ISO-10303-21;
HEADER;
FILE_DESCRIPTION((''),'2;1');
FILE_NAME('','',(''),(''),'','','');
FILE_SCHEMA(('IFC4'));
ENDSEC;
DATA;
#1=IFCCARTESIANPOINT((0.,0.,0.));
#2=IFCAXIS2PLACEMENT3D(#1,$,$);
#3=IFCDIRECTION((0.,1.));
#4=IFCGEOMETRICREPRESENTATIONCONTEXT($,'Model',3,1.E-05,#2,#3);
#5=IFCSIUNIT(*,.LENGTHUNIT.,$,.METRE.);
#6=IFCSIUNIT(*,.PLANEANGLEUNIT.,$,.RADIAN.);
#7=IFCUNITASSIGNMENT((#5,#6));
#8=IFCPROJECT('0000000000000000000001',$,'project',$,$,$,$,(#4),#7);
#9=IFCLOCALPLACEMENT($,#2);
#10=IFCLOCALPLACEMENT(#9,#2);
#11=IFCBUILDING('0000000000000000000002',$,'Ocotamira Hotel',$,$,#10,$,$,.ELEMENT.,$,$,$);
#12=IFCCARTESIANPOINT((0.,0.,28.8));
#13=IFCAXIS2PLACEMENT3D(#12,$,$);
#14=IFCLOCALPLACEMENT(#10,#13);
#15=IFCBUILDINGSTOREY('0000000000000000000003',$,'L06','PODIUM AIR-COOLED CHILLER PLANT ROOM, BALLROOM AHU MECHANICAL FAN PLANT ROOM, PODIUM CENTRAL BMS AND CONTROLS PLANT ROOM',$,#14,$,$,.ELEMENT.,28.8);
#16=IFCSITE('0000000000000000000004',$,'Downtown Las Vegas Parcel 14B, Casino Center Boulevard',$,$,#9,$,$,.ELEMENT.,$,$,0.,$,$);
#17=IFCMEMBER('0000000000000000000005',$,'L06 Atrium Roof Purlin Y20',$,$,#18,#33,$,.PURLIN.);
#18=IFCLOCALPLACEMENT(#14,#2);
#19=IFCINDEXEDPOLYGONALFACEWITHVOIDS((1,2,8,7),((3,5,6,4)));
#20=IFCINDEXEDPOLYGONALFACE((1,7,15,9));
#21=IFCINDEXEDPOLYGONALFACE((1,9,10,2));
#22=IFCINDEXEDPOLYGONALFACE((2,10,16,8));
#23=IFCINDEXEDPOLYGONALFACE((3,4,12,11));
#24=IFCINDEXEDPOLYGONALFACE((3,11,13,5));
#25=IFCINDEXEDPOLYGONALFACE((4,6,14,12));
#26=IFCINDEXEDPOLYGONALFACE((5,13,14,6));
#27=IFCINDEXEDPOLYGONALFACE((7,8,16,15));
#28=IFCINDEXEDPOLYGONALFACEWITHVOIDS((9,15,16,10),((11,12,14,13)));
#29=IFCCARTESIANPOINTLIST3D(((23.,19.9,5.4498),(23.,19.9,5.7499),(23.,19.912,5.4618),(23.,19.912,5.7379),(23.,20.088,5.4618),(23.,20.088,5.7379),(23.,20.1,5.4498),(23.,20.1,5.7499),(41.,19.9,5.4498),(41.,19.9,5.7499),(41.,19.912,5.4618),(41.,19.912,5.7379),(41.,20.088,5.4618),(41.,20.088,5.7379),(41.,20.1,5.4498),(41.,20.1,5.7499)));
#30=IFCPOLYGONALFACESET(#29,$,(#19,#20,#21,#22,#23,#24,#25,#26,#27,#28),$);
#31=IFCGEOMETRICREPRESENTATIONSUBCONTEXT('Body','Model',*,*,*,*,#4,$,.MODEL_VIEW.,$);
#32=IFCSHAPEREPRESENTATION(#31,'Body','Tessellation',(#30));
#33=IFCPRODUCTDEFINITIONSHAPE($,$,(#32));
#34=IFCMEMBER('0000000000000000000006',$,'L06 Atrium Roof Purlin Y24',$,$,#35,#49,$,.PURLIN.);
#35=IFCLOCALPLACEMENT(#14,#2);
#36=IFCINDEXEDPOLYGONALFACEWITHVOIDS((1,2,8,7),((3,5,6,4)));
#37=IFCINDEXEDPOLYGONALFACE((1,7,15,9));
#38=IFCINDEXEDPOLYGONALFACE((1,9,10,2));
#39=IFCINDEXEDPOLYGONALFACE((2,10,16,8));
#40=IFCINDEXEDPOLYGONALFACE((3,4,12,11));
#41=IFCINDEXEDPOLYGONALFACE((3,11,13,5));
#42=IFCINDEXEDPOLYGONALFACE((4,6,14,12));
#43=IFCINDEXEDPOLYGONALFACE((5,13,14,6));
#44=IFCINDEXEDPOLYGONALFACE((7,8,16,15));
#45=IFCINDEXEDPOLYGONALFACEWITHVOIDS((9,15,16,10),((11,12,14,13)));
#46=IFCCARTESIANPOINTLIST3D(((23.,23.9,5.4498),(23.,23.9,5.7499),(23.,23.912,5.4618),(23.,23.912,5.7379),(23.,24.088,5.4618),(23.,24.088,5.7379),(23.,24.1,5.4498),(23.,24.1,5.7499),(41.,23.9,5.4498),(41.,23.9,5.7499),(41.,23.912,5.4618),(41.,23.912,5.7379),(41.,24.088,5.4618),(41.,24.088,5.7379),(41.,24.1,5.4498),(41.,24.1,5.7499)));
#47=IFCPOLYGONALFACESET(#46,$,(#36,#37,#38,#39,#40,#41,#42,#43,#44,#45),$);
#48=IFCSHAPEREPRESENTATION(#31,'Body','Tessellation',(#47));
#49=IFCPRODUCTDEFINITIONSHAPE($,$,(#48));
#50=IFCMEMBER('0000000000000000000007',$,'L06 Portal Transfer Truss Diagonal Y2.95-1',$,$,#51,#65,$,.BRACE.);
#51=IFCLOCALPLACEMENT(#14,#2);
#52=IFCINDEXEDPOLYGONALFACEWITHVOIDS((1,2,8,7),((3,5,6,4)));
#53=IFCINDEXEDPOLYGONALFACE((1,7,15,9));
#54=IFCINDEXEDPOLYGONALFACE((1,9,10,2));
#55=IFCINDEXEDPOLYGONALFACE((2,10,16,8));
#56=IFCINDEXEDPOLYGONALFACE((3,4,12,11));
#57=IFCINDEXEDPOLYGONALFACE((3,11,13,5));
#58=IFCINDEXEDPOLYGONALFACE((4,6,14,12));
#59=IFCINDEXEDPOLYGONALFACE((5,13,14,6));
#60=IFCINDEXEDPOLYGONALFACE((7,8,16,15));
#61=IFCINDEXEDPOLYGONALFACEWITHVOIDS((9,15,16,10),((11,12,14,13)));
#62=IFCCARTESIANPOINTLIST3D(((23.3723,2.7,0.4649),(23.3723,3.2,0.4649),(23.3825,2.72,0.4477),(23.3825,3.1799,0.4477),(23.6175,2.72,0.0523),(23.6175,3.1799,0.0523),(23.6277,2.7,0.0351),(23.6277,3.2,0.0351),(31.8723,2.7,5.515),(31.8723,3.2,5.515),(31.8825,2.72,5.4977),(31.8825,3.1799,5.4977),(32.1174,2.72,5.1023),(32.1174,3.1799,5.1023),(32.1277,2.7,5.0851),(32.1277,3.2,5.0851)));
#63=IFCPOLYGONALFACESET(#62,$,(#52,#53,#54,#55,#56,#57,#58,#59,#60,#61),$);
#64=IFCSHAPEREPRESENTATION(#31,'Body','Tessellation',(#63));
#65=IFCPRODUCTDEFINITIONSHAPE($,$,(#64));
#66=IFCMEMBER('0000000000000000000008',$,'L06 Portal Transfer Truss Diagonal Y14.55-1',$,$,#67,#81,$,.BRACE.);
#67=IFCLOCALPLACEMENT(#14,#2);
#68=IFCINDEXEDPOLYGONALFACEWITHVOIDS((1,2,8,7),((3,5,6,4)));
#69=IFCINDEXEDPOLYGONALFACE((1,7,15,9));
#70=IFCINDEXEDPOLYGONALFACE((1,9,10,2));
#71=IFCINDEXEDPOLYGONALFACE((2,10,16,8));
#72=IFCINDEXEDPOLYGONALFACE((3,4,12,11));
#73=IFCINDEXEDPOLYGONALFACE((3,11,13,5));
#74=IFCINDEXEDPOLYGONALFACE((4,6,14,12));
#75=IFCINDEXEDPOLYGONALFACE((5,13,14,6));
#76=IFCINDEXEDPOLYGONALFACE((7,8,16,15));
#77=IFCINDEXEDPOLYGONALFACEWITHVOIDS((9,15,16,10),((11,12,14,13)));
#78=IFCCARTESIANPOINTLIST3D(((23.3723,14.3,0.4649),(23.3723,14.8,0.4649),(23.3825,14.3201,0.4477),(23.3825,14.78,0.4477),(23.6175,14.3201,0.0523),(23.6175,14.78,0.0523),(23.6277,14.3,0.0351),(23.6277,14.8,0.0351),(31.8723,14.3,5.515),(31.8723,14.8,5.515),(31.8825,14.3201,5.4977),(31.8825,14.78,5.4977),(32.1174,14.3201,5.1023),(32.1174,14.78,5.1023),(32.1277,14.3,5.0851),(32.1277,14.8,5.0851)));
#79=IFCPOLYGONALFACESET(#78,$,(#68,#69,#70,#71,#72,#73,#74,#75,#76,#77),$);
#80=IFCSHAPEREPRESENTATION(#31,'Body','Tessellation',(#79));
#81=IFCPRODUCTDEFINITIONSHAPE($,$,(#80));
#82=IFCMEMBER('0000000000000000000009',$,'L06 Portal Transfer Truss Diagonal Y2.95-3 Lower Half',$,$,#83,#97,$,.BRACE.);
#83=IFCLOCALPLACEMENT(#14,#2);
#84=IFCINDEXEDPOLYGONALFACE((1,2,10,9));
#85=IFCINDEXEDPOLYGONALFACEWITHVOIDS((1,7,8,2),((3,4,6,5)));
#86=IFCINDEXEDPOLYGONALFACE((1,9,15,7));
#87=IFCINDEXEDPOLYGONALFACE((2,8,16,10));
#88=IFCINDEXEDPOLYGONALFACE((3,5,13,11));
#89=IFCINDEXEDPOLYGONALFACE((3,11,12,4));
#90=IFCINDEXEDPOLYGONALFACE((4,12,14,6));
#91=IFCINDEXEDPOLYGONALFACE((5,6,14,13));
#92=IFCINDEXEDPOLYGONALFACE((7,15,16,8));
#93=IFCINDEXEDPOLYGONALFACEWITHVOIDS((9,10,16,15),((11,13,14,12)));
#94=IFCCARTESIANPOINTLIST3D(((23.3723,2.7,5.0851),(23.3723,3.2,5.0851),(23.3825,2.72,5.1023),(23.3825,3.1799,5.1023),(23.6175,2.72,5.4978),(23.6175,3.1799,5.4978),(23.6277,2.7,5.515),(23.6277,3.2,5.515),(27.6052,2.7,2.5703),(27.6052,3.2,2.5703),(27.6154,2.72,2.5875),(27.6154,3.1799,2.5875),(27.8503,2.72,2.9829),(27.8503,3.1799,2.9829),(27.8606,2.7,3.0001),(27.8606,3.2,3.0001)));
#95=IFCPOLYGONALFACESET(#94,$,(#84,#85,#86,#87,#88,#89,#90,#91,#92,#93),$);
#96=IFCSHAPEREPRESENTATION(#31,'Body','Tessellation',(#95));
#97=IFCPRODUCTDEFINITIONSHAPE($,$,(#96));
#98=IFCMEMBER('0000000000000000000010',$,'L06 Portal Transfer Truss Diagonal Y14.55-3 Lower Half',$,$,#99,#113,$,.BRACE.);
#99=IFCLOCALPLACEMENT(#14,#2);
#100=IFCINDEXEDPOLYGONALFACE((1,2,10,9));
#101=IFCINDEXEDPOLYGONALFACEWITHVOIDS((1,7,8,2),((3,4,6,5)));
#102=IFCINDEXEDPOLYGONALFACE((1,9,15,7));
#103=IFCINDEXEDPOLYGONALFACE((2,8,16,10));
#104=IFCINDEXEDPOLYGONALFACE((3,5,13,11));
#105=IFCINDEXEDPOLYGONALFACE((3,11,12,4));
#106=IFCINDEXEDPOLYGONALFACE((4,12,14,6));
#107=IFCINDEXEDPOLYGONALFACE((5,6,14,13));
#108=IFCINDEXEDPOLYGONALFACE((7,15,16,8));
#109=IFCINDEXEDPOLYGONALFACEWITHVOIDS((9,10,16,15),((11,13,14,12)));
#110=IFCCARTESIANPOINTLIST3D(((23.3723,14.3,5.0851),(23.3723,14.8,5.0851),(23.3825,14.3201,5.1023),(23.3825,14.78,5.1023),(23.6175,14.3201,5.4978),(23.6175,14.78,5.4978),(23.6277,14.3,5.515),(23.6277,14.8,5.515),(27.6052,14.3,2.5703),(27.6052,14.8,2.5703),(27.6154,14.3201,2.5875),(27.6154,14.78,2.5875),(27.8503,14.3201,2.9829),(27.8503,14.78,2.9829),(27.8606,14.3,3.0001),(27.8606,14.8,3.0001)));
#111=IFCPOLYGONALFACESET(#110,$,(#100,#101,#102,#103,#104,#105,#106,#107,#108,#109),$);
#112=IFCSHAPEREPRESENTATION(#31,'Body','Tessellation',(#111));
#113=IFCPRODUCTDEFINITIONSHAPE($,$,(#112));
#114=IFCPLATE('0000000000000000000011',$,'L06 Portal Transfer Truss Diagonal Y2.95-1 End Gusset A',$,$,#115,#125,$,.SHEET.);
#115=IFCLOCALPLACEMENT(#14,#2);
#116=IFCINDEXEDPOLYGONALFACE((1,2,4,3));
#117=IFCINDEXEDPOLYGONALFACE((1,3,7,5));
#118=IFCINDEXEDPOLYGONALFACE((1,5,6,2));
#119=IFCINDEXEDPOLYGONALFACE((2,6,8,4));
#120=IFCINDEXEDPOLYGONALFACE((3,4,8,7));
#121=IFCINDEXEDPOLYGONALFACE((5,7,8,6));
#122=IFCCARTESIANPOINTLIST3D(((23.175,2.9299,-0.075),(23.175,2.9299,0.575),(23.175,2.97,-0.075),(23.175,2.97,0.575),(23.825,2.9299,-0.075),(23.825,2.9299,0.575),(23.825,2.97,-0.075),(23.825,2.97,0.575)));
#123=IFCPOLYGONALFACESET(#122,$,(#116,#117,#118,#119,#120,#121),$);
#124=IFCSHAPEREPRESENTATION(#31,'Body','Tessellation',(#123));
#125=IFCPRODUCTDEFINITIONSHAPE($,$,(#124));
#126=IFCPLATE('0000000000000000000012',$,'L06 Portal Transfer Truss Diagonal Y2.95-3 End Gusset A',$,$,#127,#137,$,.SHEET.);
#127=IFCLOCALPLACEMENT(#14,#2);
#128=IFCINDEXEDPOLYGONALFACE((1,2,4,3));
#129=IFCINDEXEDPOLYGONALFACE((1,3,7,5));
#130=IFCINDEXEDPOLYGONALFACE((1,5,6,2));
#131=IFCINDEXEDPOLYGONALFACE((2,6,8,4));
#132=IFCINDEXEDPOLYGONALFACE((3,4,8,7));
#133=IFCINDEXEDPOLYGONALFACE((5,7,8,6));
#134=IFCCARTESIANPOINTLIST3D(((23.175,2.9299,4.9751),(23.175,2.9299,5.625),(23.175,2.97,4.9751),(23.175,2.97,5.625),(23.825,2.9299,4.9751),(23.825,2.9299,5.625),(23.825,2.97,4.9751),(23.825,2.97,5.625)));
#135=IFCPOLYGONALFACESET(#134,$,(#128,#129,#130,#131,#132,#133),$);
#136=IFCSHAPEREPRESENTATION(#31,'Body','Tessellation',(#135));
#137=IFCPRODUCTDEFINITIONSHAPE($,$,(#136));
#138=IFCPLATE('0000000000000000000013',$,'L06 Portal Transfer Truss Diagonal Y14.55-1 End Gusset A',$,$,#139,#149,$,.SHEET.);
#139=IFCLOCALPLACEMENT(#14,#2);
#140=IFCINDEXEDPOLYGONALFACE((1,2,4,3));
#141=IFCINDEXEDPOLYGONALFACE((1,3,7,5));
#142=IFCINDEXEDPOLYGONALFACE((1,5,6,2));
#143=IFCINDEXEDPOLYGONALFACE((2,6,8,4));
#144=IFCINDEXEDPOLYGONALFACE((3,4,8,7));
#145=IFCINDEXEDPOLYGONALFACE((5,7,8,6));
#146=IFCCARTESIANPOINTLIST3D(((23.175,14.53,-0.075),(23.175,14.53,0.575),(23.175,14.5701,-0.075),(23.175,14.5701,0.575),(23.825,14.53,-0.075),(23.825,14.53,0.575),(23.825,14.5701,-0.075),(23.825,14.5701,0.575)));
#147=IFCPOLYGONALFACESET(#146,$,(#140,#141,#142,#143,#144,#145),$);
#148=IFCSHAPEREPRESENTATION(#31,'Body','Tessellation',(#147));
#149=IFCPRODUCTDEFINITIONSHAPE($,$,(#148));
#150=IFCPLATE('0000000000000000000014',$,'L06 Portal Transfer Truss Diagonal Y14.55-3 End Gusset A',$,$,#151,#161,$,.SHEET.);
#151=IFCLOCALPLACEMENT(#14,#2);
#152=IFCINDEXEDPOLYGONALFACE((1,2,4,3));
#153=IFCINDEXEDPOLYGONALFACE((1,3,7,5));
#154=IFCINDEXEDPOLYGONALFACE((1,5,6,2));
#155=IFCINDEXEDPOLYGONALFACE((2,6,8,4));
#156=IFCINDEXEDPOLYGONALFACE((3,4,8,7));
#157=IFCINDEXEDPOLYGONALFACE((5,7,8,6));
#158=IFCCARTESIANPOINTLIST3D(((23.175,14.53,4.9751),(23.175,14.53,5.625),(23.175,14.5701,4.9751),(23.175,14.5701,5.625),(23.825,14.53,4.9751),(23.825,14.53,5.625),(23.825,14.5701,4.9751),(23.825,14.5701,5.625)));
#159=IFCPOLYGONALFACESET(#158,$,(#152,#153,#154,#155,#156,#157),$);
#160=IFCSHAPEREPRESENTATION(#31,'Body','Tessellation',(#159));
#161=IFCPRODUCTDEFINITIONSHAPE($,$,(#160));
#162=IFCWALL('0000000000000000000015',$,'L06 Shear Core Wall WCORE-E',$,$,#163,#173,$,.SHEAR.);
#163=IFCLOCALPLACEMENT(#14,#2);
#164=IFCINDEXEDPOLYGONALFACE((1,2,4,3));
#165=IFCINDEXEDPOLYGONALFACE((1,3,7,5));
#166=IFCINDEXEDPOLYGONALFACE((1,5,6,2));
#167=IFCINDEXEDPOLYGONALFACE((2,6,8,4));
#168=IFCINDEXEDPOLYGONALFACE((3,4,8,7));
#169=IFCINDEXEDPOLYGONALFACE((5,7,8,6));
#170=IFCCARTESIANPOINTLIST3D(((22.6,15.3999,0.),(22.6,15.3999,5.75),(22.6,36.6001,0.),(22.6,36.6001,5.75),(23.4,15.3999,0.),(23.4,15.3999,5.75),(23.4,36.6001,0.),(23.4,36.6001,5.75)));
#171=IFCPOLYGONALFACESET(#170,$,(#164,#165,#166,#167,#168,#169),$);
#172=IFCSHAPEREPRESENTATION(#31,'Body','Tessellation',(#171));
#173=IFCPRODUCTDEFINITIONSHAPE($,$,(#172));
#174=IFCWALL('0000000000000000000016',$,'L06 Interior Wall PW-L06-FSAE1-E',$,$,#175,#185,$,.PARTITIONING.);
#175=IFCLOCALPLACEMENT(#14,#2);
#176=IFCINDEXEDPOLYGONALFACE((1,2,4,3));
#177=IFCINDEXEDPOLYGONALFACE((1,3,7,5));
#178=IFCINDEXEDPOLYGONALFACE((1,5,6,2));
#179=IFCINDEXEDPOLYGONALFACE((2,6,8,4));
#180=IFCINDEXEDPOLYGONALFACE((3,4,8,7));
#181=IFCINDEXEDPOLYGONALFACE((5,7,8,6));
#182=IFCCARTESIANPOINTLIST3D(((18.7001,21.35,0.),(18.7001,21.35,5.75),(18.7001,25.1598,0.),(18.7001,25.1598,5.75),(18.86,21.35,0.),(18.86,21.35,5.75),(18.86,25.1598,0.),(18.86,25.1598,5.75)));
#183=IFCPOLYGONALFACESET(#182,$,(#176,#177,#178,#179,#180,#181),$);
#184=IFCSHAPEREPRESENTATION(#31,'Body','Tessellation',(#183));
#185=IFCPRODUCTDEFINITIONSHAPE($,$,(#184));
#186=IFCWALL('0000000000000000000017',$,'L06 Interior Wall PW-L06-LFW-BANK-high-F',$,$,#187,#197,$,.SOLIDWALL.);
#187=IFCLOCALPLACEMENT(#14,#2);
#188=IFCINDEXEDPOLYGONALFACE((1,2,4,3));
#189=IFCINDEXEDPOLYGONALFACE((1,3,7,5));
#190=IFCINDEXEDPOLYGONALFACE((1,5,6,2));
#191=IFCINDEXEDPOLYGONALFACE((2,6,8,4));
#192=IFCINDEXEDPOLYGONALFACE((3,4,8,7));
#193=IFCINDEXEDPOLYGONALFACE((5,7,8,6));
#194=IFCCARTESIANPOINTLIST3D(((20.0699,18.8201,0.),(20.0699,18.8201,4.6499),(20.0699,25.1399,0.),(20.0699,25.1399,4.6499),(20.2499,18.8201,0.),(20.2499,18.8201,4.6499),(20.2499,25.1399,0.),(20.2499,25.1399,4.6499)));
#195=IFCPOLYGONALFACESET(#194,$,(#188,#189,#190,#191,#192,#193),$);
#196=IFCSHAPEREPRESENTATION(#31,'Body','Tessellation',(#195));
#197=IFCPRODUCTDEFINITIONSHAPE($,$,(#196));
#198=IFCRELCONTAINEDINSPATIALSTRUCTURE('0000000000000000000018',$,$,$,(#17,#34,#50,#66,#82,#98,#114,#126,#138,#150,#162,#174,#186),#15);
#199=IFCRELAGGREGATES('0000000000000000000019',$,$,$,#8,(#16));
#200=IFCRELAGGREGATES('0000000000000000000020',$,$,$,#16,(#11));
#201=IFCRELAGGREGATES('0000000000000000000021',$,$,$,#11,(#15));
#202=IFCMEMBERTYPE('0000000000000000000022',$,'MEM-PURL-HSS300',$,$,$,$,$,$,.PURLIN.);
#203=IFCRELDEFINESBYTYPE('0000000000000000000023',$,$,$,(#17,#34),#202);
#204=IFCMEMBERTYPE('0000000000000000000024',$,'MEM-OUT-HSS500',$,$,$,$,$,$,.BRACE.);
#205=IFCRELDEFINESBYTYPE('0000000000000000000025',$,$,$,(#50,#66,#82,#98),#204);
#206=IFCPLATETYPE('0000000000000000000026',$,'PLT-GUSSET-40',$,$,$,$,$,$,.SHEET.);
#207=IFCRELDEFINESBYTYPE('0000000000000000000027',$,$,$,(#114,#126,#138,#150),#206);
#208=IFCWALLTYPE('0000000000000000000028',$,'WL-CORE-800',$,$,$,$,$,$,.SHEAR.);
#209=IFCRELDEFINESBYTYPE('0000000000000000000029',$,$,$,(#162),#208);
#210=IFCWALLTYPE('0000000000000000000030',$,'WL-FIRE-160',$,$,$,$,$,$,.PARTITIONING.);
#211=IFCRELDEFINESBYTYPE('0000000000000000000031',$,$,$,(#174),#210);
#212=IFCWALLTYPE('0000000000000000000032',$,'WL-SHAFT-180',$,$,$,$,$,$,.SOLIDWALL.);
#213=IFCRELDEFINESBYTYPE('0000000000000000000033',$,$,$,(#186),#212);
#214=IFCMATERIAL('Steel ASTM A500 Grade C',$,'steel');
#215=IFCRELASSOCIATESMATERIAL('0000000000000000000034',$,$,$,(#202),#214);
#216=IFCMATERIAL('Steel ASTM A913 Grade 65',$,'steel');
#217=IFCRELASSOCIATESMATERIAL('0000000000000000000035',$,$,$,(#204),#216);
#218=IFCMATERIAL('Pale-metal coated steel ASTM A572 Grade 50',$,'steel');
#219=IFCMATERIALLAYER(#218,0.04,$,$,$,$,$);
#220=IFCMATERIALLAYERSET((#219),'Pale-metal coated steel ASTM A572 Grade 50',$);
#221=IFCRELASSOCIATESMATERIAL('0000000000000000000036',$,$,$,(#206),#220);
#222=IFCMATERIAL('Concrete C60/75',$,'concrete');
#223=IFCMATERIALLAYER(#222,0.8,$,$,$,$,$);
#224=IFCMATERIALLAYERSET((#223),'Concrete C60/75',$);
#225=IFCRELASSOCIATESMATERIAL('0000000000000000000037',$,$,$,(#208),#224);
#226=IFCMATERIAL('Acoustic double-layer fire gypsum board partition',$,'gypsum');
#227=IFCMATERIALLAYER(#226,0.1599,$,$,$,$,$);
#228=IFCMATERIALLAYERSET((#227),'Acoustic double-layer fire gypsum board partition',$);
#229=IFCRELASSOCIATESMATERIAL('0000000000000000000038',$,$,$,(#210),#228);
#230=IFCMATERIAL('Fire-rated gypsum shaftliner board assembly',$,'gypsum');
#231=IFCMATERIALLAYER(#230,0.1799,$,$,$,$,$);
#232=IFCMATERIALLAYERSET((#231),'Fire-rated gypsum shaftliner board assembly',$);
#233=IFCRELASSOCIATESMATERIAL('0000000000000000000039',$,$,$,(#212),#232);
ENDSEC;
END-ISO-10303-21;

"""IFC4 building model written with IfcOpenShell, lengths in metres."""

from ifc_helpers import new_model, si_unit, direction, frame, frame_2d, origin, origin_2d, place, context, subcontext, project, spatial, rectangle, hollow_rectangle, extrude, source, transform, mapped, material, layer, layer_set, material_profile, profile_set, type_object, element, save


model = new_model("IFC4")

# Units and contexts
model_context = context("Model", 3, precision=1e-05, world=origin(), true_north=direction((0.0, 1.0)))
body_context = subcontext(model_context, "Body", "Model", "MODEL_VIEW")
ifc_project = project(units=[si_unit("LENGTHUNIT", "METRE"), si_unit("PLANEANGLEUNIT", "RADIAN")], contexts=[model_context])

# Site, building, storey
site_placement = place(None, origin())
site = spatial("IfcSite", under=ifc_project, at=site_placement, Name="Downtown Las Vegas Parcel 14B, Casino Center Boulevard", CompositionType="ELEMENT", RefElevation=0.0)
building_placement = place(site_placement, origin())
building = spatial("IfcBuilding", under=site, at=building_placement, Name="Ocotamira Hotel", CompositionType="ELEMENT")
storey_placement = place(building_placement, frame((0.0, 0.0, 28.8)))
storey = spatial("IfcBuildingStorey", under=building, at=storey_placement, Name="L06", Description="PODIUM AIR-COOLED CHILLER PLANT ROOM, BALLROOM AHU MECHANICAL FAN PLANT ROOM, PODIUM CENTRAL BMS AND CONTROLS PLANT ROOM", CompositionType="ELEMENT", Elevation=28.8)

# Shared definitions
ifc_material_1 = material(Name="Concrete C60/75", Category="concrete")

# Shared definitions
ifc_material_2 = material(Name="Steel ASTM A500 Grade C", Category="steel")
ifc_material_3 = material(Name="Steel ASTM A913 Grade 65", Category="steel")

# Members
ifc_material_profile_1 = material_profile(ifc_material_2, hollow_rectangle(XDim=0.2, YDim=0.3, WallThickness=0.012, at=origin_2d()), Name="HSS300X200X12")
ifc_profile_set_1 = profile_set([ifc_material_profile_1], Name="Steel ASTM A500 Grade C")
member_type_1 = type_object("IfcMemberType", Name="MEM-PURL-HSS300", PredefinedType="PURLIN", material=ifc_profile_set_1)
shared_shape_1 = source(origin(), body_context, "Body", "SweptSolid", [
    extrude(hollow_rectangle(XDim=0.2, YDim=0.3, WallThickness=0.012, at=origin_2d()), origin(), (0.0, 0.0, 1.0), 18.0),
])
for number, where, z_axis, x_axis, name in (
    (1, (23.0, 20.0, 5.5999), (1.0, 0.0, 0.0), (0.0, 1.0, 0.0), "L06 Atrium Roof Purlin Y20"),
    (2, (23.0, 24.0, 5.5999), (1.0, 0.0, 0.0), (0.0, 1.0, 0.0), "L06 Atrium Roof Purlin Y24"),
):
    element("IfcMember", number, at=place(storey_placement, frame(where, z_axis=z_axis, x_axis=x_axis)), inside=storey, type_object=member_type_1, Name=name, PredefinedType="PURLIN", context=body_context, shape_type="MappedRepresentation", body=[
        mapped(shared_shape_1, transform((0.0, 0.0, 0.0), scale=1.0)),
    ])
ifc_material_profile_2 = material_profile(ifc_material_3, hollow_rectangle(XDim=0.5, YDim=0.5, WallThickness=0.02, at=origin_2d()), Name="HSS500X500X20")
ifc_profile_set_2 = profile_set([ifc_material_profile_2], Name="Steel ASTM A913 Grade 65")
member_type_2 = type_object("IfcMemberType", Name="MEM-OUT-HSS500", PredefinedType="BRACE", material=ifc_profile_set_2)
shared_shape_2 = source(origin(), body_context, "Body", "SweptSolid", [
    extrude(hollow_rectangle(XDim=0.5, YDim=0.5, WallThickness=0.02, at=origin_2d()), origin(), (0.0, 0.0, 1.0), 9.887),
])
for number, where, z_axis, x_axis, name in (
    (3, (23.5, 2.95, 0.25), (0.859714, 0.0, 0.510776), (0.0, 1.0, 0.0), "L06 Portal Transfer Truss Diagonal Y2.95-1"),
    (4, (23.5, 14.55, 0.25), (0.859714, 0.0, 0.510776), (0.0, 1.0, 0.0), "L06 Portal Transfer Truss Diagonal Y14.55-1"),
):
    element("IfcMember", number, at=place(storey_placement, frame(where, z_axis=z_axis, x_axis=x_axis)), inside=storey, type_object=member_type_2, Name=name, PredefinedType="BRACE", context=body_context, shape_type="MappedRepresentation", body=[
        mapped(shared_shape_2, transform((0.0, 0.0, 0.0), scale=1.0)),
    ])
shared_shape_3 = source(origin(), body_context, "Body", "SweptSolid", [
    extrude(hollow_rectangle(XDim=0.5, YDim=0.5, WallThickness=0.02, at=origin_2d()), origin(), (0.0, 0.0, 1.0), 4.9236),
])
for number, where, z_axis, x_axis, name in (
    (5, (23.5, 2.95, 5.3), (0.859712, 0.0, -0.510779), (0.0, 1.0, 0.0), "L06 Portal Transfer Truss Diagonal Y2.95-3 Lower Half"),
    (6, (23.5, 14.55, 5.3), (0.859712, 0.0, -0.510779), (0.0, 1.0, 0.0), "L06 Portal Transfer Truss Diagonal Y14.55-3 Lower Half"),
):
    element("IfcMember", number, at=place(storey_placement, frame(where, z_axis=z_axis, x_axis=x_axis)), inside=storey, type_object=member_type_2, Name=name, PredefinedType="BRACE", context=body_context, shape_type="MappedRepresentation", body=[
        mapped(shared_shape_3, transform((0.0, 0.0, 0.0), scale=1.0)),
    ])

# Plates
ifc_material_4 = material(Name="Pale-metal coated steel ASTM A572 Grade 50", Category="steel")
ifc_layer_1 = layer(ifc_material_4, 0.04)
ifc_layer_set_1 = layer_set([ifc_layer_1], Name="Pale-metal coated steel ASTM A572 Grade 50")
plate_type = type_object("IfcPlateType", Name="PLT-GUSSET-40", PredefinedType="SHEET", material=ifc_layer_set_1)
shared_shape_4 = source(origin(), body_context, "Body", "SweptSolid", [
    extrude(rectangle(XDim=0.6499, YDim=0.04, at=origin_2d()), origin(), (0.0, 0.0, 1.0), 0.6499),
])
for number, where, z_axis, x_axis, name in (
    (7, (23.5, 2.95, -0.075), (0.0, 0.0, 1.0), (1.0, 0.0, 0.0), "L06 Portal Transfer Truss Diagonal Y2.95-1 End Gusset A"),
    (8, (23.5, 2.95, 4.9751), (0.0, 0.0, 1.0), (1.0, 0.0, 0.0), "L06 Portal Transfer Truss Diagonal Y2.95-3 End Gusset A"),
    (9, (23.5, 14.55, -0.075), (0.0, 0.0, 1.0), (1.0, 0.0, 0.0), "L06 Portal Transfer Truss Diagonal Y14.55-1 End Gusset A"),
    (10, (23.5, 14.55, 4.9751), (0.0, 0.0, 1.0), (1.0, 0.0, 0.0), "L06 Portal Transfer Truss Diagonal Y14.55-3 End Gusset A"),
):
    element("IfcPlate", number, at=place(storey_placement, frame(where, z_axis=z_axis, x_axis=x_axis)), inside=storey, type_object=plate_type, Name=name, PredefinedType="SHEET", context=body_context, shape_type="MappedRepresentation", body=[
        mapped(shared_shape_4, transform((0.0, 0.0, 0.0), scale=1.0)),
    ])

# Walls
ifc_layer_2 = layer(ifc_material_1, 0.8)
ifc_layer_set_2 = layer_set([ifc_layer_2], Name="Concrete C60/75")
wall_type_1 = type_object("IfcWallType", Name="WL-CORE-800", PredefinedType="SHEAR", material=ifc_layer_set_2)
wall_1_placement = place(storey_placement, frame((23.0, 15.3999, 0.0), z_axis=(0.0, 0.0, 1.0), x_axis=(0.0, 1.0, 0.0)))
element("IfcWall", 11, at=wall_1_placement, inside=storey, type_object=wall_type_1, Name="L06 Shear Core Wall WCORE-E", PredefinedType="SHEAR", context=body_context, shape_type="SweptSolid", body=[
    extrude(rectangle(XDim=21.2002, YDim=0.8, at=frame_2d((10.6001, 0.0))), origin(), (0.0, 0.0, 1.0), 5.75),
])
ifc_material_5 = material(Name="Acoustic double-layer fire gypsum board partition", Category="gypsum")
ifc_layer_3 = layer(ifc_material_5, 0.1599)
ifc_layer_set_3 = layer_set([ifc_layer_3], Name="Acoustic double-layer fire gypsum board partition")
wall_type_2 = type_object("IfcWallType", Name="WL-FIRE-160", PredefinedType="PARTITIONING", material=ifc_layer_set_3)
wall_2_placement = place(storey_placement, frame((18.78, 21.3501, 0.0), z_axis=(0.0, 0.0, 1.0), x_axis=(0.0, 1.0, 0.0)))
element("IfcWall", 12, at=wall_2_placement, inside=storey, type_object=wall_type_2, Name="L06 Interior Wall PW-L06-FSAE1-E", PredefinedType="PARTITIONING", context=body_context, shape_type="SweptSolid", body=[
    extrude(rectangle(XDim=3.8098, YDim=0.1599, at=frame_2d((1.9048, 0.0))), origin(), (0.0, 0.0, 1.0), 5.75),
])
ifc_material_6 = material(Name="Fire-rated gypsum shaftliner board assembly", Category="gypsum")
ifc_layer_4 = layer(ifc_material_6, 0.1799)
ifc_layer_set_4 = layer_set([ifc_layer_4], Name="Fire-rated gypsum shaftliner board assembly")
wall_type_3 = type_object("IfcWallType", Name="WL-SHAFT-180", PredefinedType="SOLIDWALL", material=ifc_layer_set_4)
wall_3_placement = place(storey_placement, frame((20.1599, 18.8201, 0.0), z_axis=(0.0, 0.0, 1.0), x_axis=(0.0, 1.0, 0.0)))
element("IfcWall", 13, at=wall_3_placement, inside=storey, type_object=wall_type_3, Name="L06 Interior Wall PW-L06-LFW-BANK-high-F", PredefinedType="SOLIDWALL", context=body_context, shape_type="SweptSolid", body=[
    extrude(rectangle(XDim=6.3198, YDim=0.1799, at=frame_2d((3.1599, 0.0))), origin(), (0.0, 0.0, 1.0), 4.6499),
])

save(model, "model.ifc")
